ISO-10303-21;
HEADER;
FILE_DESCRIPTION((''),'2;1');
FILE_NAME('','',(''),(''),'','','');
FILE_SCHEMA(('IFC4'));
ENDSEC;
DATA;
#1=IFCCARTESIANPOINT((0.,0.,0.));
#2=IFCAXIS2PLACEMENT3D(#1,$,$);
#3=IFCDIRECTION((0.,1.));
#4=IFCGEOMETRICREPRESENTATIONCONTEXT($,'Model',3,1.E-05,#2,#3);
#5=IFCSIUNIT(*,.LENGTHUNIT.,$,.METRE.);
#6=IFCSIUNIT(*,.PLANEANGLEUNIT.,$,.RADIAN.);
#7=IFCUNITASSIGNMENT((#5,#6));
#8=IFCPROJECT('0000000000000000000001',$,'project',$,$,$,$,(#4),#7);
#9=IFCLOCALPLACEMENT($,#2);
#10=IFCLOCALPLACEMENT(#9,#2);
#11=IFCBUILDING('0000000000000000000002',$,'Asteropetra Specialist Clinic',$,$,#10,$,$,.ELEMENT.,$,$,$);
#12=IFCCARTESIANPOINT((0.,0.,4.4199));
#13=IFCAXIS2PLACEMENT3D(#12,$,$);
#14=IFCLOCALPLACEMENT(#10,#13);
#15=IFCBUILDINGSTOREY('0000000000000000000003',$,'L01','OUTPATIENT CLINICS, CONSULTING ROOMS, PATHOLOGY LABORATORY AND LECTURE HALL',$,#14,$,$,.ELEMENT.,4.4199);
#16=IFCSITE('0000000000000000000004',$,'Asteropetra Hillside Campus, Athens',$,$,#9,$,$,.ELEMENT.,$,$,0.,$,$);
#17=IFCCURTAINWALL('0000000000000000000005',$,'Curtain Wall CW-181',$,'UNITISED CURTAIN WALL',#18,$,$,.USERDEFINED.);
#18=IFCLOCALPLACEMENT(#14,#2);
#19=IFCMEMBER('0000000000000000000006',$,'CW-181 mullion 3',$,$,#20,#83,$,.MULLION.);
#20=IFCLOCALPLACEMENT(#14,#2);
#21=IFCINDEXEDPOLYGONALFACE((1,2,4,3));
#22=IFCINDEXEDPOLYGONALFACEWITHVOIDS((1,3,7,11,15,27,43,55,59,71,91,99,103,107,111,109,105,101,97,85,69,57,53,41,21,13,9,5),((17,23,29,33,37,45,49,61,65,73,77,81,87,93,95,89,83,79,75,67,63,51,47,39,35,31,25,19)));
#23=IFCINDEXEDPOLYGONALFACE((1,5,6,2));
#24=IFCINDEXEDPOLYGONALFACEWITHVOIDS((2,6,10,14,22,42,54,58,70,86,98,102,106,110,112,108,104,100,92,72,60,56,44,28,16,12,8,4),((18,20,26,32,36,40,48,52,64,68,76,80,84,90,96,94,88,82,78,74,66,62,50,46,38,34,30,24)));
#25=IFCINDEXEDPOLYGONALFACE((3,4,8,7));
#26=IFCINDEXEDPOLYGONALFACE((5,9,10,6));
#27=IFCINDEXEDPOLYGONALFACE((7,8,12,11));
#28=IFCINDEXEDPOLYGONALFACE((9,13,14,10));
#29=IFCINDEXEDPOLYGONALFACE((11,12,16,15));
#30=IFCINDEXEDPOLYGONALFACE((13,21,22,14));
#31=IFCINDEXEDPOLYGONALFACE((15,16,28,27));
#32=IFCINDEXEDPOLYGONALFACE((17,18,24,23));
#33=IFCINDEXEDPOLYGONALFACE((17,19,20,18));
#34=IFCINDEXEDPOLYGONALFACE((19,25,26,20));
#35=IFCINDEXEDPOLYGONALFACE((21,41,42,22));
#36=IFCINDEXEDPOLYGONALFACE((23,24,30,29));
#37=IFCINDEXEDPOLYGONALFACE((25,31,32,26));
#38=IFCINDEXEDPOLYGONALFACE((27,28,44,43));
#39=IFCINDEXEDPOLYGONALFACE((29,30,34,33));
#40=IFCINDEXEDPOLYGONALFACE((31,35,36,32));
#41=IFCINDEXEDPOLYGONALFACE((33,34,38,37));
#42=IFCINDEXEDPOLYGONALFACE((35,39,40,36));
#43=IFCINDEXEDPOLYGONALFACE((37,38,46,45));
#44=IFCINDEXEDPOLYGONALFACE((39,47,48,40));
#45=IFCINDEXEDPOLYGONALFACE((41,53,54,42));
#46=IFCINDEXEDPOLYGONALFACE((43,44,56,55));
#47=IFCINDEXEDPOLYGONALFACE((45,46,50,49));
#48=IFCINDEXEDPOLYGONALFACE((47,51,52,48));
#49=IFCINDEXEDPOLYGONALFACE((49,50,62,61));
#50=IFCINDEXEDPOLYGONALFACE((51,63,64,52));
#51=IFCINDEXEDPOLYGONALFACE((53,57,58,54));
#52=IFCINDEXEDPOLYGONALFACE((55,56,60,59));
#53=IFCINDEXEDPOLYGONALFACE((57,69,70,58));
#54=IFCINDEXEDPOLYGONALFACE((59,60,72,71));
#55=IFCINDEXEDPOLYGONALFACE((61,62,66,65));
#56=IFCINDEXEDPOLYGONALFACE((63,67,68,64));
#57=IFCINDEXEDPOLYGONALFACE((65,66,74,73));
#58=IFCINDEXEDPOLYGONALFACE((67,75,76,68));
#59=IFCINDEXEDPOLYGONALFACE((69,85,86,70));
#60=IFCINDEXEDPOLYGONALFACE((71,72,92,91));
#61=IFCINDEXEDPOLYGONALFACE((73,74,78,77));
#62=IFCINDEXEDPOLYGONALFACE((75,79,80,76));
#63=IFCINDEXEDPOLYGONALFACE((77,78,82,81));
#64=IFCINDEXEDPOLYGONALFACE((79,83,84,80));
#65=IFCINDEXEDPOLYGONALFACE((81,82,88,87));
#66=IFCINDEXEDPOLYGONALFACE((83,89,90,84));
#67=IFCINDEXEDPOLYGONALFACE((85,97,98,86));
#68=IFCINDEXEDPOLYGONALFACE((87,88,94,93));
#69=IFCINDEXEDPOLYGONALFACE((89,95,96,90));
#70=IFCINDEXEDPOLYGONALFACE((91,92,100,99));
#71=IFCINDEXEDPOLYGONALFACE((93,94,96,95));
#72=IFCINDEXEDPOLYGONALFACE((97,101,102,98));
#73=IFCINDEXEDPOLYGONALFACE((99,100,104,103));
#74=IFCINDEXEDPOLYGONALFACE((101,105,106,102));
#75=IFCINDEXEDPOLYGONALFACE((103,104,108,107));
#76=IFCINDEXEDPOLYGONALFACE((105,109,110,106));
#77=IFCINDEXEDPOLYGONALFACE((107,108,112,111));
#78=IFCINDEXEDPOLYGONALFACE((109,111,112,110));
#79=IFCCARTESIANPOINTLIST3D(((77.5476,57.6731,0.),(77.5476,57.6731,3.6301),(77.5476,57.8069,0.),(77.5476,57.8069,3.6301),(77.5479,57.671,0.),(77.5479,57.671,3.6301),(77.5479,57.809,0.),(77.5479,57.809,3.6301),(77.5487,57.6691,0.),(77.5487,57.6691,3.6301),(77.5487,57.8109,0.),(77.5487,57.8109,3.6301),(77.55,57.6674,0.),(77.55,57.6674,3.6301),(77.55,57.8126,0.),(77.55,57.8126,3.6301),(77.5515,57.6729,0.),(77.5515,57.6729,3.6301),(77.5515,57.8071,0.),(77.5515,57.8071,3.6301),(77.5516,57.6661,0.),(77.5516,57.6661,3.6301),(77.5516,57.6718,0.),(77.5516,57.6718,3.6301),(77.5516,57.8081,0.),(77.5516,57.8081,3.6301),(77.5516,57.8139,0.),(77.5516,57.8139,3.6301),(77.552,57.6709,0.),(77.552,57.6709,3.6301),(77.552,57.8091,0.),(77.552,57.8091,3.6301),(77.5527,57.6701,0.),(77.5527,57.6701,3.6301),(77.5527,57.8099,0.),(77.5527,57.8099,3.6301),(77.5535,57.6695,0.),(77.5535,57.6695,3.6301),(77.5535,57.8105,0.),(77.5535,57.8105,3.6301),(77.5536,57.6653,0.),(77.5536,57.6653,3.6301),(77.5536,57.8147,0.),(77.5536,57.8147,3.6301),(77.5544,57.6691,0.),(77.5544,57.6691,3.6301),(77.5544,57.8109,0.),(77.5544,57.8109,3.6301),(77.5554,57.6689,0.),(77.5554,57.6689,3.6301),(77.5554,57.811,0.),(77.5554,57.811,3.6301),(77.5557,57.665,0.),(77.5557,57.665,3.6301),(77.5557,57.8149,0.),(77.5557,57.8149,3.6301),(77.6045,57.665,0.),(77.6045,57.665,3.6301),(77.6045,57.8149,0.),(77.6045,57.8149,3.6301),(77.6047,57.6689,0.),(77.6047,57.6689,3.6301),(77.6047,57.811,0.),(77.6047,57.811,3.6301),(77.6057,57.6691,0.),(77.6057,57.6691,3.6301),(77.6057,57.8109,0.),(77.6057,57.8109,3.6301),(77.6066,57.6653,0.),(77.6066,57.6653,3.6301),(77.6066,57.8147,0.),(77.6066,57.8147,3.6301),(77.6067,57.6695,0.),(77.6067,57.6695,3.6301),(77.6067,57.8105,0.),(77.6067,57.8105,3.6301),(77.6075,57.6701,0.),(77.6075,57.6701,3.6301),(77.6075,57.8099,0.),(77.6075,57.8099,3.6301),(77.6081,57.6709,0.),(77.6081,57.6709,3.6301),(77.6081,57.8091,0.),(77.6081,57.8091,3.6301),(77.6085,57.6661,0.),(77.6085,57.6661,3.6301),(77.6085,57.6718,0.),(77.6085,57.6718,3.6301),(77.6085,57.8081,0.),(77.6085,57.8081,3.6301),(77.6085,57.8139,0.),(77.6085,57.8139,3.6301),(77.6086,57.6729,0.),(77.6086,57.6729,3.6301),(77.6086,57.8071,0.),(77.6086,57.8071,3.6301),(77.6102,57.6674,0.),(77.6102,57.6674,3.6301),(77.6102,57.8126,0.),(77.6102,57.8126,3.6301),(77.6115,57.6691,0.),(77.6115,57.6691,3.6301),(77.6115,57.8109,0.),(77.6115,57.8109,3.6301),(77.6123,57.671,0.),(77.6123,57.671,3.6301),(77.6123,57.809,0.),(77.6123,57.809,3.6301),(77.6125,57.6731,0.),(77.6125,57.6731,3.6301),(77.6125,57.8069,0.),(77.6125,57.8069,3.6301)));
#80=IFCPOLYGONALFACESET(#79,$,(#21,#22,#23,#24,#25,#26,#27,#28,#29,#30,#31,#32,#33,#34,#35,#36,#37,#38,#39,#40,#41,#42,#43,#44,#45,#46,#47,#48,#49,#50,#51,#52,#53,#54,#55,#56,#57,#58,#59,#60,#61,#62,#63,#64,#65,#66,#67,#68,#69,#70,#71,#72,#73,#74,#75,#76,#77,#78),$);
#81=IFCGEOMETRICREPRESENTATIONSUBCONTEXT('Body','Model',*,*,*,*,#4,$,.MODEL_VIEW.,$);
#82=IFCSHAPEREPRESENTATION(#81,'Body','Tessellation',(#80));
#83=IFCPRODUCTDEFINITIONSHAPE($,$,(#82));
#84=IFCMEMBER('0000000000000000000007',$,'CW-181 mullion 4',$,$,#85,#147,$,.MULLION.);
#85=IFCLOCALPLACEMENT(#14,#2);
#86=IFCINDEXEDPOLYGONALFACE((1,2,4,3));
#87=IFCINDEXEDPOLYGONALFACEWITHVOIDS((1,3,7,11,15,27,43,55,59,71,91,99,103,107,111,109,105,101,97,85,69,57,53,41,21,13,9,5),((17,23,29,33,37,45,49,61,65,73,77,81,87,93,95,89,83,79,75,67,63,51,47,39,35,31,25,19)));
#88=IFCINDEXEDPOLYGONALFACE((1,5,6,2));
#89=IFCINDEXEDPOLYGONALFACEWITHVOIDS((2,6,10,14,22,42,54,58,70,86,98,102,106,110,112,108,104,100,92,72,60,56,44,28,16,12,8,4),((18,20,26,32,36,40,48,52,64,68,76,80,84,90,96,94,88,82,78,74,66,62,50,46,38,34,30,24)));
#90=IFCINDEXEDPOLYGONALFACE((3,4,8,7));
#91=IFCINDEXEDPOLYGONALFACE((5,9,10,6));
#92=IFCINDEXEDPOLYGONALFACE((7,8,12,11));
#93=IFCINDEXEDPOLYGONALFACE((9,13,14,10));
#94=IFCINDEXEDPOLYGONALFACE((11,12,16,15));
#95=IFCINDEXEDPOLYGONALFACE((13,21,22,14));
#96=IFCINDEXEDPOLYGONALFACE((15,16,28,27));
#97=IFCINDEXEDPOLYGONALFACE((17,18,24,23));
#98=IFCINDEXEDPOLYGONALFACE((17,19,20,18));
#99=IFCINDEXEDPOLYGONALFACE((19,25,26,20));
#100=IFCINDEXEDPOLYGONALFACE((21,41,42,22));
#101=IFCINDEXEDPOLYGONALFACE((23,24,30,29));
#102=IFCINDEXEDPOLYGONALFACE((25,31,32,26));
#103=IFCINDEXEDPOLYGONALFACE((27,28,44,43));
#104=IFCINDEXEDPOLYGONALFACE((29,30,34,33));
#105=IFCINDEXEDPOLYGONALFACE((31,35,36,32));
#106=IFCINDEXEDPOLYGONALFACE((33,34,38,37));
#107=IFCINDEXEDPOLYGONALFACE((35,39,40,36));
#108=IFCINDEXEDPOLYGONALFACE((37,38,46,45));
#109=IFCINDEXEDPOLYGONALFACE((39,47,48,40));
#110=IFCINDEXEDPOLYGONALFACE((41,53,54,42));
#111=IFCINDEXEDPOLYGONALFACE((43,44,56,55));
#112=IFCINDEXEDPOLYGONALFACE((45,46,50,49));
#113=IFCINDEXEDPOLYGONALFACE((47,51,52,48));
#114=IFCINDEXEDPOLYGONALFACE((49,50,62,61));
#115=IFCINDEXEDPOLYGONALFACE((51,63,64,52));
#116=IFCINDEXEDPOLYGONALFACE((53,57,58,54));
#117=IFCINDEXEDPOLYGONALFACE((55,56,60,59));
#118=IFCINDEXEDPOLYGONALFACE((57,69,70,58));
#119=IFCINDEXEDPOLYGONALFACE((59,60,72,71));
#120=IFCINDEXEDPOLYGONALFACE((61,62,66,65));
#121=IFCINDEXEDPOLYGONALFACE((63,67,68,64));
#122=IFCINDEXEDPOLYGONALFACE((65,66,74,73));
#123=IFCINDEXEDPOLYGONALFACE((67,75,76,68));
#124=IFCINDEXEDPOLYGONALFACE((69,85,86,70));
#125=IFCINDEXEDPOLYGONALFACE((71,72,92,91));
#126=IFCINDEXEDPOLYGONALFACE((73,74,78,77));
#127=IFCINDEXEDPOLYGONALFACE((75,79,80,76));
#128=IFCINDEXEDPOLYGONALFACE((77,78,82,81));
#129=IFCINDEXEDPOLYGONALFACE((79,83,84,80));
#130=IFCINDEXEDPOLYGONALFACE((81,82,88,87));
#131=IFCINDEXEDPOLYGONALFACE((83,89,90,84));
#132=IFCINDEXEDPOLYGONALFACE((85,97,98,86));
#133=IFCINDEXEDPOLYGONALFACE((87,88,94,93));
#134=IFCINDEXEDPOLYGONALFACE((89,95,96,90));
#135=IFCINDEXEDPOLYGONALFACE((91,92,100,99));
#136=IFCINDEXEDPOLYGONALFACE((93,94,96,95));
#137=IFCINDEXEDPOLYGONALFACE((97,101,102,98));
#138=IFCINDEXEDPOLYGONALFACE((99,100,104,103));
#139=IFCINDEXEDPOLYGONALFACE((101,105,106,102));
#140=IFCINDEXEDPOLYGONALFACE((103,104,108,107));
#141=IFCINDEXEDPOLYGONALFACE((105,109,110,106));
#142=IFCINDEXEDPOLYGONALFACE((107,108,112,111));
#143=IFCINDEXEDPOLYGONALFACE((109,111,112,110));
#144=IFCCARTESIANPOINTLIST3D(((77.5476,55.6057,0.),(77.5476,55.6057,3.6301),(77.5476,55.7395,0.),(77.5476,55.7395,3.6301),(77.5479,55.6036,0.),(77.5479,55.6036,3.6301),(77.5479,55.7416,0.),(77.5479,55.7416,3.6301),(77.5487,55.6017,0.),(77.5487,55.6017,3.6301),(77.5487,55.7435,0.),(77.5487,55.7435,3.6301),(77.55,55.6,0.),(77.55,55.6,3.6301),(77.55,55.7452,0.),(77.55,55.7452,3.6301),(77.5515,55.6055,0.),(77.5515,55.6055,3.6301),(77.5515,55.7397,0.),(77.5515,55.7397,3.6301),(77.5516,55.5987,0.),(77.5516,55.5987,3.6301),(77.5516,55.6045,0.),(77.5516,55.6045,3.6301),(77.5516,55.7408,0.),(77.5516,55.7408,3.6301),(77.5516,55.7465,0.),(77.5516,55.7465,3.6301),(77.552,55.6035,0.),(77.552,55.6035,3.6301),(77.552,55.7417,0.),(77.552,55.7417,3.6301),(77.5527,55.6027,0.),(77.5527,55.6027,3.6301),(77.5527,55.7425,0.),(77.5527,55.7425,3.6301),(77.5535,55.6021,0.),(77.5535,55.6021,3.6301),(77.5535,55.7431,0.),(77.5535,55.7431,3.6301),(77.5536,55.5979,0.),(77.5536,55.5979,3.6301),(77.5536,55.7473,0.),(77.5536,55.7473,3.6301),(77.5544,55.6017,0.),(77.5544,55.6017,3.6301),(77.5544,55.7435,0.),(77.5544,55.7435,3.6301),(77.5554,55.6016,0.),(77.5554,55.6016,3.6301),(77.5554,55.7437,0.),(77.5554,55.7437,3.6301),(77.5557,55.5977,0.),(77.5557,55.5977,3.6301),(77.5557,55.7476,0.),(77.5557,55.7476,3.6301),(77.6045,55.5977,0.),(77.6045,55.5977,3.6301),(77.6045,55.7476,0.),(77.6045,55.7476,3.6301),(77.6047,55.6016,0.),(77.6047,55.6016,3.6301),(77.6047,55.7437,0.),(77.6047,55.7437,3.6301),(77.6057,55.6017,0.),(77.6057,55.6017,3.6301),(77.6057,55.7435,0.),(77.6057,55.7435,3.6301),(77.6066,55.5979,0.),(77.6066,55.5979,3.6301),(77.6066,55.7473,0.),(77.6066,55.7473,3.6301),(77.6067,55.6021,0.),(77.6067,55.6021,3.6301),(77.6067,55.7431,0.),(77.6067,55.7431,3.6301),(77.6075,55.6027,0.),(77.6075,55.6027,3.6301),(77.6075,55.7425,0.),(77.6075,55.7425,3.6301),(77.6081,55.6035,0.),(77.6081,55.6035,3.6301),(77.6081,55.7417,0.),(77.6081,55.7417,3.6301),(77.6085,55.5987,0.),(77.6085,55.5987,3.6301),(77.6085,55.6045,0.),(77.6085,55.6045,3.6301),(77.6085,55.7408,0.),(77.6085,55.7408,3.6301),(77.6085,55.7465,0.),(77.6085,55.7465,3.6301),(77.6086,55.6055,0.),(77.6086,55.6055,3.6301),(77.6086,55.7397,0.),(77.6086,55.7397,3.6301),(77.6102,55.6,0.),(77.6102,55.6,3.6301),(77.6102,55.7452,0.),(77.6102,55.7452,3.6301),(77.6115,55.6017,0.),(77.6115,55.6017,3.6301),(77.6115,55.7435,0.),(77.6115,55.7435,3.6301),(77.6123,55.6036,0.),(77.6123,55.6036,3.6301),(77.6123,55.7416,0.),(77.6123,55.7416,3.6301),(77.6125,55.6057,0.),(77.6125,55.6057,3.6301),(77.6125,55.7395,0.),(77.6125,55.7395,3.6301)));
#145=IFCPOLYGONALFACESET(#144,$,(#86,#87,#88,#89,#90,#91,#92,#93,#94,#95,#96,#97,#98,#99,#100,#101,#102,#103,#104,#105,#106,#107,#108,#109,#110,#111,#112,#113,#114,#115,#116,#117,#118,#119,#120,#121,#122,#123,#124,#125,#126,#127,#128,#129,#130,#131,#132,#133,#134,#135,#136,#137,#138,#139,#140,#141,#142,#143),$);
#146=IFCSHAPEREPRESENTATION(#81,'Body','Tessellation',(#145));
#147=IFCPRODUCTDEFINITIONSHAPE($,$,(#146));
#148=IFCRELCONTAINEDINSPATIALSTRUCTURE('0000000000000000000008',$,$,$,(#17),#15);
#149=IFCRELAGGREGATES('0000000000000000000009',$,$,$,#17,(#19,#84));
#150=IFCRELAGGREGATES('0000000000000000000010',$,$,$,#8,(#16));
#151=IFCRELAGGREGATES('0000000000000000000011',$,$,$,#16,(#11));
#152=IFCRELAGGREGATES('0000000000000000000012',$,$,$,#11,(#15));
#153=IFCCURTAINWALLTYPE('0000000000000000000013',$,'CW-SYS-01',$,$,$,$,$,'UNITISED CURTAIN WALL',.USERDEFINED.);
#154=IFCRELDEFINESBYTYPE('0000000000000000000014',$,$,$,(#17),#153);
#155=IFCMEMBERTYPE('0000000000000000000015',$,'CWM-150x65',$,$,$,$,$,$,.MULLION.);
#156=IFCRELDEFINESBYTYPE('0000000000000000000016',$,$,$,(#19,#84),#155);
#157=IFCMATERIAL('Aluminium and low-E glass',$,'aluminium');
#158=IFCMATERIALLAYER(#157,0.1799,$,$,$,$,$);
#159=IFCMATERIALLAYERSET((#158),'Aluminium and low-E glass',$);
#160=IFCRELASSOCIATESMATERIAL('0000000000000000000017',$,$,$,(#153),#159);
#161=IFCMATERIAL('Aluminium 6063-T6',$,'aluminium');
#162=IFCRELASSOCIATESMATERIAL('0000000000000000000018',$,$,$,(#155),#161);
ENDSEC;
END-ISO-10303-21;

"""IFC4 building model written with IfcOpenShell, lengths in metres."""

from ifc_helpers import new_model, si_unit, direction, frame, origin, origin_2d, place, context, subcontext, project, spatial, hollow_rectangle, extrude, material, layer, layer_set, material_profile, profile_set, type_object, element, aggregate, save


model = new_model("IFC4")

# Units and contexts
model_context = context("Model", 3, precision=1e-05, world=origin(), true_north=direction((0.0, 1.0)))
body_context = subcontext(model_context, "Body", "Model", "MODEL_VIEW")
ifc_project = project(units=[si_unit("LENGTHUNIT", "METRE"), si_unit("PLANEANGLEUNIT", "RADIAN")], contexts=[model_context])

# Site, building, storey
site_placement = place(None, origin())
site = spatial("IfcSite", under=ifc_project, at=site_placement, Name="Asteropetra Hillside Campus, Athens", CompositionType="ELEMENT", RefElevation=0.0)
building_placement = place(site_placement, origin())
building = spatial("IfcBuilding", under=site, at=building_placement, Name="Asteropetra Specialist Clinic", CompositionType="ELEMENT")
storey_placement = place(building_placement, frame((0.0, 0.0, 4.4199)))
storey = spatial("IfcBuildingStorey", under=building, at=storey_placement, Name="L01", Description="OUTPATIENT CLINICS, CONSULTING ROOMS, PATHOLOGY LABORATORY AND LECTURE HALL", CompositionType="ELEMENT", Elevation=4.4199)

# Curtain wall, members
ifc_material_1 = material(Name="Aluminium and low-E glass", Category="aluminium")
ifc_layer_1 = layer(ifc_material_1, 0.1799)
ifc_layer_set_1 = layer_set([ifc_layer_1], Name="Aluminium and low-E glass")
curtain_wall_type_1 = type_object("IfcCurtainWallType", Name="CW-SYS-01", ElementType="UNITISED CURTAIN WALL", PredefinedType="USERDEFINED", material=ifc_layer_set_1)
curtain_wall_1_placement = place(storey_placement, origin())
curtain_wall_1 = element("IfcCurtainWall", 1, at=curtain_wall_1_placement, inside=storey, type_object=curtain_wall_type_1, Name="Curtain Wall CW-181", ObjectType="UNITISED CURTAIN WALL", PredefinedType="USERDEFINED")
ifc_material_2 = material(Name="Aluminium 6063-T6", Category="aluminium")
ifc_material_profile_1 = material_profile(ifc_material_2, hollow_rectangle(XDim=0.0649, YDim=0.1499, WallThickness=0.0039, InnerFilletRadius=0.0039, OuterFilletRadius=0.0081, at=origin_2d()), Name="MUL 150x65x4.0")
ifc_profile_set_1 = profile_set([ifc_material_profile_1], Name="Aluminium 6063-T6")
member_type_1 = type_object("IfcMemberType", Name="CWM-150x65", PredefinedType="MULLION", material=ifc_profile_set_1)
member_1_placement = place(storey_placement, frame((77.5801, 57.74, 0.0), z_axis=(0.0, 0.0, 1.0), x_axis=(1.0, 0.0, 0.0)))
member_1 = element("IfcMember", 2, at=member_1_placement, type_object=member_type_1, Name="CW-181 mullion 3", PredefinedType="MULLION", context=body_context, shape_type="SweptSolid", body=[
    extrude(hollow_rectangle(XDim=0.0649, YDim=0.1499, WallThickness=0.0039, InnerFilletRadius=0.0039, OuterFilletRadius=0.0081, at=origin_2d()), origin(), (0.0, 0.0, 1.0), 3.6301),
])
member_2_placement = place(storey_placement, frame((77.5801, 55.6726, 0.0), z_axis=(0.0, 0.0, 1.0), x_axis=(1.0, 0.0, 0.0)))
member_2 = element("IfcMember", 3, at=member_2_placement, type_object=member_type_1, Name="CW-181 mullion 4", PredefinedType="MULLION", context=body_context, shape_type="SweptSolid", body=[
    extrude(hollow_rectangle(XDim=0.0649, YDim=0.1499, WallThickness=0.0039, InnerFilletRadius=0.0039, OuterFilletRadius=0.0081, at=origin_2d()), origin(), (0.0, 0.0, 1.0), 3.6301),
])

aggregate(curtain_wall_1, [member_1, member_2])

save(model, "model.ifc")
